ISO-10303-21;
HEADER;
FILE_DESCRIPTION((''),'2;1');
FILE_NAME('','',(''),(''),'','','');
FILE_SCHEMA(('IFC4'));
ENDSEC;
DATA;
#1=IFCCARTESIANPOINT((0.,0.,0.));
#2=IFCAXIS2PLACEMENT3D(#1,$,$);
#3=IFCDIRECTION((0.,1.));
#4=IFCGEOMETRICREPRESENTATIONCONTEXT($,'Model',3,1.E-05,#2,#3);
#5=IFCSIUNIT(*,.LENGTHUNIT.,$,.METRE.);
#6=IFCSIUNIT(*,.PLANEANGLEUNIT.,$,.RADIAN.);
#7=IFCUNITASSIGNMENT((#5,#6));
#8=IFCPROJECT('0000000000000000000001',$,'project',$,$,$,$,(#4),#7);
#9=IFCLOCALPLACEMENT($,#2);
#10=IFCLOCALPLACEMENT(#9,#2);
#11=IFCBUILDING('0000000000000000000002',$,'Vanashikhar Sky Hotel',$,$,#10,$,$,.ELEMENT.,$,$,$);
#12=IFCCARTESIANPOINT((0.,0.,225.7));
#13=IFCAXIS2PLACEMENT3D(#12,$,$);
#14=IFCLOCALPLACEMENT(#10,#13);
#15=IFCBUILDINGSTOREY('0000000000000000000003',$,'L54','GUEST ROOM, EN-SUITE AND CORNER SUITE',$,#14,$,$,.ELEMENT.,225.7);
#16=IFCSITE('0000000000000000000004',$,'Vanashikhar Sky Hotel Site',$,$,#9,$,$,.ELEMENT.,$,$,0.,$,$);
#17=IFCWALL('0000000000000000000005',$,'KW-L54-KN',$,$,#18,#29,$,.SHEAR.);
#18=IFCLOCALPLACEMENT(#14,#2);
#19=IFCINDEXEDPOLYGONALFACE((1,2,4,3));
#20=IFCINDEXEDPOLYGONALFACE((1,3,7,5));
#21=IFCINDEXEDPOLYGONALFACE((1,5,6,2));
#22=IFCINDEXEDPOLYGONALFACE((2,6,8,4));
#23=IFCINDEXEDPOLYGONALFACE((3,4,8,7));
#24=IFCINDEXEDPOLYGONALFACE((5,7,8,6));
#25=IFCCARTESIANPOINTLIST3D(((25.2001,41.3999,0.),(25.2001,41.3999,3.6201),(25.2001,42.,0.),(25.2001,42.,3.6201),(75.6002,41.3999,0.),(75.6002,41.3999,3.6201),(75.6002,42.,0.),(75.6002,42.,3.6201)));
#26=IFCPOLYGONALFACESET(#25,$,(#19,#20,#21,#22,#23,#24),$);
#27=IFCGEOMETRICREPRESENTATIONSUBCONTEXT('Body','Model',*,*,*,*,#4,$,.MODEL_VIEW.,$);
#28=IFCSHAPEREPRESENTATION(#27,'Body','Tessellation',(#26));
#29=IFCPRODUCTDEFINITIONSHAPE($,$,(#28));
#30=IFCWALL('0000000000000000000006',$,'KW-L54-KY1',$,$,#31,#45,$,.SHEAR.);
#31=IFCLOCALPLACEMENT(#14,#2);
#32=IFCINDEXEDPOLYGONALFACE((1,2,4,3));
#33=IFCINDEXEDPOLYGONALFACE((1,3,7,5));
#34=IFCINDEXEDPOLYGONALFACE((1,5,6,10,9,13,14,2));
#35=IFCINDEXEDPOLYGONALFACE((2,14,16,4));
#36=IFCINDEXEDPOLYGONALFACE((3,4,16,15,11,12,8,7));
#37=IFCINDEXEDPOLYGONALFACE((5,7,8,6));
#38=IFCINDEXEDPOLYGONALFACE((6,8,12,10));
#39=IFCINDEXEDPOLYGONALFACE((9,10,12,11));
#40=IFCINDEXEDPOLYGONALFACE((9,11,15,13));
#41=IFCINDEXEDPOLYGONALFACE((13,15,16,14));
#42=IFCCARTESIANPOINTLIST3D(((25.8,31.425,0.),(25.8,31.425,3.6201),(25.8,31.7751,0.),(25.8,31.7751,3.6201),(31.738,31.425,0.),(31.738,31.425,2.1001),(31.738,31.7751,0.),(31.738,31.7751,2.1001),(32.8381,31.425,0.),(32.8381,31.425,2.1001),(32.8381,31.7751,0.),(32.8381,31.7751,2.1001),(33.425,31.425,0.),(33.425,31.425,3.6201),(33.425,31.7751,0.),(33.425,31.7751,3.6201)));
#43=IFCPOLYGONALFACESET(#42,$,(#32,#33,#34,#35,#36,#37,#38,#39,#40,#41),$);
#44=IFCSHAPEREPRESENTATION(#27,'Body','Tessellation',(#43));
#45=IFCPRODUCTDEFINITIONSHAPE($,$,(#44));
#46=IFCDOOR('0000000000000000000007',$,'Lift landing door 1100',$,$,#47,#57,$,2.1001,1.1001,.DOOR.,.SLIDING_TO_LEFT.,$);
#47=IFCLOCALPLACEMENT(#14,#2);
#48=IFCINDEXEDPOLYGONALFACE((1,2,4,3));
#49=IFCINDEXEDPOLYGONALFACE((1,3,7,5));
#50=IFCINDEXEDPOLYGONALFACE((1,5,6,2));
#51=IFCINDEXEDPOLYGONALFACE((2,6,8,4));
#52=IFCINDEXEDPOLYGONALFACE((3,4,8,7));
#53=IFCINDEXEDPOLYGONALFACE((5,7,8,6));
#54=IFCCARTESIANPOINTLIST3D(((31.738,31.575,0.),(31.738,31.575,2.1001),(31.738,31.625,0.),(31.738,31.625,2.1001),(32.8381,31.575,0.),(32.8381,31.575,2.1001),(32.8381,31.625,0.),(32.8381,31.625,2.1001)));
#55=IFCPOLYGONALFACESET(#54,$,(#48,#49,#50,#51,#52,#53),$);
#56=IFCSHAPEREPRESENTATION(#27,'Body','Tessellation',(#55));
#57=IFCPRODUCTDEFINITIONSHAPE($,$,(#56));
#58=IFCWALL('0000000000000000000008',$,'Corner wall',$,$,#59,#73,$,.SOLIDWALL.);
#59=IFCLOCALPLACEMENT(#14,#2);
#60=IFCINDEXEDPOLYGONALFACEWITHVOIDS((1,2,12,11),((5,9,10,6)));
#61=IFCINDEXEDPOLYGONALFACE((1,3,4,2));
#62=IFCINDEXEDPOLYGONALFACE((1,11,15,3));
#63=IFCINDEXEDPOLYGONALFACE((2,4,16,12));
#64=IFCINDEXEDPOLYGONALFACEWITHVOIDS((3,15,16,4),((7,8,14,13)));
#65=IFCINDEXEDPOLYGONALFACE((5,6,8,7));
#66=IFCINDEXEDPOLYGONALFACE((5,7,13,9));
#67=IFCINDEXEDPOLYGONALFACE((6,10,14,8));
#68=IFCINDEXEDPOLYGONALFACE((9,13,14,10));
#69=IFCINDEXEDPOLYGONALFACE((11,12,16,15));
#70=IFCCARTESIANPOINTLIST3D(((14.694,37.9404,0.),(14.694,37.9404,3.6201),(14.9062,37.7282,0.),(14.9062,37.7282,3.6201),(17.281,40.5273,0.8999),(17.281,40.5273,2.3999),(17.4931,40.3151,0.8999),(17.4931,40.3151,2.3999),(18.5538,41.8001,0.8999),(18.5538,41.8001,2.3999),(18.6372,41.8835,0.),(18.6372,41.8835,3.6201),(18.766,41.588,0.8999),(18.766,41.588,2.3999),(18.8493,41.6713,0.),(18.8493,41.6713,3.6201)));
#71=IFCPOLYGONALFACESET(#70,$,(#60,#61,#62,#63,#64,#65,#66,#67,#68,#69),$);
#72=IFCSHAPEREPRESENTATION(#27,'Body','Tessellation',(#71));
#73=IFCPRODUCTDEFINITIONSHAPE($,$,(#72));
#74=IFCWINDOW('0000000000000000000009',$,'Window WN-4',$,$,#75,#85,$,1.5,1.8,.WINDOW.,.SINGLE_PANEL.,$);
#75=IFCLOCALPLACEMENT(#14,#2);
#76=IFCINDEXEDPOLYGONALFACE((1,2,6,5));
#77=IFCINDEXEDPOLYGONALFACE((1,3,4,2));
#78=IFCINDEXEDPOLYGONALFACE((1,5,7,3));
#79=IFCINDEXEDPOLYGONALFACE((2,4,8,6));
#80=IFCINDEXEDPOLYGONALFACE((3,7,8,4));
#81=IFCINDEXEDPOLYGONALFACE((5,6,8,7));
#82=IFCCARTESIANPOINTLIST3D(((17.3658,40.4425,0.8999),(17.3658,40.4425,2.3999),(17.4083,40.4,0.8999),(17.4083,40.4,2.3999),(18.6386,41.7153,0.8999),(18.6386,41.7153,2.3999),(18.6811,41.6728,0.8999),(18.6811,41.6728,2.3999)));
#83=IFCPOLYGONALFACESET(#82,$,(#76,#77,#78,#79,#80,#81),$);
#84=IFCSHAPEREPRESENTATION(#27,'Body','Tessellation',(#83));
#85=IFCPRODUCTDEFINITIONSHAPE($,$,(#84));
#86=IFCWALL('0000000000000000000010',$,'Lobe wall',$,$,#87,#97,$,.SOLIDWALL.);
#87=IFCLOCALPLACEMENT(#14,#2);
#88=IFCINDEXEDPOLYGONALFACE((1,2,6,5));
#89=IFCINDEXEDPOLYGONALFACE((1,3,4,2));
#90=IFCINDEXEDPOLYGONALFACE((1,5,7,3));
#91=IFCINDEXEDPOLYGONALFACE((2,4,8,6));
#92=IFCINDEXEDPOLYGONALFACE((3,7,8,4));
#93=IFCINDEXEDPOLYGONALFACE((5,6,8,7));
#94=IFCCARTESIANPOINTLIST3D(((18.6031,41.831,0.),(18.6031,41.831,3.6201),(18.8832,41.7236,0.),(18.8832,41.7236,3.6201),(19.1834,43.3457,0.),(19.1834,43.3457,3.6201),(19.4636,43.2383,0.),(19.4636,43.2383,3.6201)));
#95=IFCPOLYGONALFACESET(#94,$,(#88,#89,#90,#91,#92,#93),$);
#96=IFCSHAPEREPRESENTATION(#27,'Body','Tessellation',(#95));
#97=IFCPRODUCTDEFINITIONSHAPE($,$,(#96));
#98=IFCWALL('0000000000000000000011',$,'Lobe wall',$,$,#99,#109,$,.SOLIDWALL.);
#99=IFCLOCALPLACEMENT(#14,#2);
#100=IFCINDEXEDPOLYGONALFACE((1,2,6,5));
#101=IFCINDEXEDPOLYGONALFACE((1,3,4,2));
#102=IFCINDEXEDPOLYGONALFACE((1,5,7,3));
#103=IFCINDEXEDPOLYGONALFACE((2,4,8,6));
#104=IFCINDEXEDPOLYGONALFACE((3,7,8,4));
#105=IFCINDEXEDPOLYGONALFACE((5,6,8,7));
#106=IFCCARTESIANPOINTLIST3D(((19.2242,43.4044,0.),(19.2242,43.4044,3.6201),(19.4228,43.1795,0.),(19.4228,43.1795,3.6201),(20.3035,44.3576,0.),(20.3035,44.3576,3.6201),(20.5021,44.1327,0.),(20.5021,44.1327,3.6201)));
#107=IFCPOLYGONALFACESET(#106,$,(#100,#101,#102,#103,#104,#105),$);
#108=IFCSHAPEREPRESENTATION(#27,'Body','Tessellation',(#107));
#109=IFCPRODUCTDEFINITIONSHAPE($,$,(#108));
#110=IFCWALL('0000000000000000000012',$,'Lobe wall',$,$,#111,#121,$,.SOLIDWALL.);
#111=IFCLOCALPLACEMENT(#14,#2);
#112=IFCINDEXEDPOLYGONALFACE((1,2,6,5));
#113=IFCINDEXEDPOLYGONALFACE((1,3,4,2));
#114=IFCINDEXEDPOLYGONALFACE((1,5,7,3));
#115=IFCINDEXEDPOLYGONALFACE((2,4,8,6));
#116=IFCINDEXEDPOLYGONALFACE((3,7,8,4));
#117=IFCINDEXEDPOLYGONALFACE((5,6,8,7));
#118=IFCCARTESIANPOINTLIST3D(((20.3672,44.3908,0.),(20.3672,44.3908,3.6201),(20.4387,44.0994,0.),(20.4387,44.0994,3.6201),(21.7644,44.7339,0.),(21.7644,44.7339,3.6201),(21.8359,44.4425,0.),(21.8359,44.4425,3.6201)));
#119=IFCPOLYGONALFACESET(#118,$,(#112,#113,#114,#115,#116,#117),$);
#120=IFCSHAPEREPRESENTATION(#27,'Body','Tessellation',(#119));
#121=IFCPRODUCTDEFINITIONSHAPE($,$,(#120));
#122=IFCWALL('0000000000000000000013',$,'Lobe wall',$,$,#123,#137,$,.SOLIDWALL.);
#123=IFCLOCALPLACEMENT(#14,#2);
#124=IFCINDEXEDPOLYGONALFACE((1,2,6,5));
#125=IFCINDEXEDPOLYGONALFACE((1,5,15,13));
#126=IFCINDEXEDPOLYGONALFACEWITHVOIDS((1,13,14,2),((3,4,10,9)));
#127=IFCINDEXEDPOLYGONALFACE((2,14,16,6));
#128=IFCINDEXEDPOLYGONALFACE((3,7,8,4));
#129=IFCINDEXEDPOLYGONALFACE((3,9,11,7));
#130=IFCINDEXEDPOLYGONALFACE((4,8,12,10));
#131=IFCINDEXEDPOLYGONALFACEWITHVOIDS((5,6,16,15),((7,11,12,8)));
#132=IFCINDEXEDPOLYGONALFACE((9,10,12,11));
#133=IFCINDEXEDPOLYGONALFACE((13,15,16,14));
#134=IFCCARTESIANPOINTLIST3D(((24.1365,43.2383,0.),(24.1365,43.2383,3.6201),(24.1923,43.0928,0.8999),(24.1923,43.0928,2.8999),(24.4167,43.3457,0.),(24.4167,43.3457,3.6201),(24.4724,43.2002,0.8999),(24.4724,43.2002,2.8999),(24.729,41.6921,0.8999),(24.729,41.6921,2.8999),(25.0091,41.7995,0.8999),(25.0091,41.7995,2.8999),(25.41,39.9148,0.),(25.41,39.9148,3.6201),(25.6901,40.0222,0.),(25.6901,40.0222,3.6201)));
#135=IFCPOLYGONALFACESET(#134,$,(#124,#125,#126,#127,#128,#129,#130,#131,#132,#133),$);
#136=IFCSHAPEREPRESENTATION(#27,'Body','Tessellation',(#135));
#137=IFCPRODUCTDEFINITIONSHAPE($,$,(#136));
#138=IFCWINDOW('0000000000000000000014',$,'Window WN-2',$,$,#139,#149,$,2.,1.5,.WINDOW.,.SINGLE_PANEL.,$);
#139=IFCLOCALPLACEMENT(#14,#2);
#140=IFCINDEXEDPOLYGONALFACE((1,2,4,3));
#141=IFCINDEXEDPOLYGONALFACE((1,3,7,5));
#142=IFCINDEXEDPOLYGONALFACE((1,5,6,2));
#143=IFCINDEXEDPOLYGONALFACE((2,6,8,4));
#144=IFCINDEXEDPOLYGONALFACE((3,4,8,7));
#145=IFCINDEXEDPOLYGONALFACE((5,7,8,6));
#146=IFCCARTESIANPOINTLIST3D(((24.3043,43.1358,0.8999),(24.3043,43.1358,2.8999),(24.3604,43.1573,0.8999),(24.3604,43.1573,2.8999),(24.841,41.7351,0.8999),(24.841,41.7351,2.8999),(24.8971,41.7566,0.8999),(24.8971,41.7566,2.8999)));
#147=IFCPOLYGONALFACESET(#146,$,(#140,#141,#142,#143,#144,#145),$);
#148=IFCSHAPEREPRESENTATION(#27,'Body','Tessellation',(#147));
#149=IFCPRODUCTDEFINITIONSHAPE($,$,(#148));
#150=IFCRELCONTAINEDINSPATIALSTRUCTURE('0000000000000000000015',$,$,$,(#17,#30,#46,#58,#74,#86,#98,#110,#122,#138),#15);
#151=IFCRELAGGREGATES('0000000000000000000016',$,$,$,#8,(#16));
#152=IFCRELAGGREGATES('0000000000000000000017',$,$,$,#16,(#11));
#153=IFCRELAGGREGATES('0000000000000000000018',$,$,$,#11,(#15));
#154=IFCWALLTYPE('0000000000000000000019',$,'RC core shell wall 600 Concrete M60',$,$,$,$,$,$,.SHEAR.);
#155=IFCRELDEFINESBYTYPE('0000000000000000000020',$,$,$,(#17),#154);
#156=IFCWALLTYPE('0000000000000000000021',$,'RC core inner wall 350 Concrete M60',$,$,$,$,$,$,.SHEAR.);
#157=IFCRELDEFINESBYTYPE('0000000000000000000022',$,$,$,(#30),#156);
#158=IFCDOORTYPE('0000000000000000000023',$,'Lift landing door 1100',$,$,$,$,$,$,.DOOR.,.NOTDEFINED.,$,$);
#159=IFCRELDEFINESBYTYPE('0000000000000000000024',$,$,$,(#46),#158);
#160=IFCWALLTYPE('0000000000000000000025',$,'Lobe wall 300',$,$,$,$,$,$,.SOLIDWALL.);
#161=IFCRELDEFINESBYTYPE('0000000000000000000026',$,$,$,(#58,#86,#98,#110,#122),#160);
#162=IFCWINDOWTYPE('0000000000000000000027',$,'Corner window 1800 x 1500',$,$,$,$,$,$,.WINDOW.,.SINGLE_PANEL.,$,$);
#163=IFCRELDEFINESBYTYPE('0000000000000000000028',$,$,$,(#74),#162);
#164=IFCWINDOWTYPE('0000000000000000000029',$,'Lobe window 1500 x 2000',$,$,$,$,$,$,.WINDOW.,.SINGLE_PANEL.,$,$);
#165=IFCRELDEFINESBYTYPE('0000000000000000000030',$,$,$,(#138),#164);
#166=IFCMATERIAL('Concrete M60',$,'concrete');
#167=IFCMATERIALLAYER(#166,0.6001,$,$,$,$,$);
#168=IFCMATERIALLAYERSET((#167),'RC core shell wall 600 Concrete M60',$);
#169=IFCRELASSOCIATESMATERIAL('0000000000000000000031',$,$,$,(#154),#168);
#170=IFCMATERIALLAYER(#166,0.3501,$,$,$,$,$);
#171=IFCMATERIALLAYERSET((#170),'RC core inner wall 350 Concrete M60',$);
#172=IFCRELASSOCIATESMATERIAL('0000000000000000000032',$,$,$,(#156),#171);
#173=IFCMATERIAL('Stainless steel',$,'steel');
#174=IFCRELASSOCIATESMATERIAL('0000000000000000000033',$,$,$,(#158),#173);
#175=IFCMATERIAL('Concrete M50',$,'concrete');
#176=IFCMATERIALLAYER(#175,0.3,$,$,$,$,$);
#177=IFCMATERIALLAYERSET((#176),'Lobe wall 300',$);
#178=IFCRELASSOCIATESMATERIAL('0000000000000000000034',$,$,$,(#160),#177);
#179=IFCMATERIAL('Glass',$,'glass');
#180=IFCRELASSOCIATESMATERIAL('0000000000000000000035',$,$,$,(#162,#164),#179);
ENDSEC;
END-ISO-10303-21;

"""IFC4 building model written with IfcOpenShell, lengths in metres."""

from ifc_helpers import new_model, si_unit, direction, frame, frame_2d, origin, place, context, subcontext, project, spatial, rectangle, extrude, source, transform, mapped, material, layer, layer_set, type_object, element, fill, save


model = new_model("IFC4")

# Units and contexts
model_context = context("Model", 3, precision=1e-05, world=origin(), true_north=direction((0.0, 1.0)))
body_context = subcontext(model_context, "Body", "Model", "MODEL_VIEW")
ifc_project = project(units=[si_unit("LENGTHUNIT", "METRE"), si_unit("PLANEANGLEUNIT", "RADIAN")], contexts=[model_context])

# Site, building, storey
site_placement = place(None, origin())
site = spatial("IfcSite", under=ifc_project, at=site_placement, Name="Vanashikhar Sky Hotel Site", CompositionType="ELEMENT", RefElevation=0.0)
building_placement = place(site_placement, origin())
building = spatial("IfcBuilding", under=site, at=building_placement, Name="Vanashikhar Sky Hotel", CompositionType="ELEMENT")
storey_placement = place(building_placement, frame((0.0, 0.0, 225.7)))
storey = spatial("IfcBuildingStorey", under=building, at=storey_placement, Name="L54", Description="GUEST ROOM, EN-SUITE AND CORNER SUITE", CompositionType="ELEMENT", Elevation=225.7)

# Wall
ifc_material_1 = material(Name="Concrete M60", Category="concrete")
ifc_layer_1 = layer(ifc_material_1, 0.6001)
ifc_layer_set_1 = layer_set([ifc_layer_1], Name="RC core shell wall 600 Concrete M60")
wall_type_1 = type_object("IfcWallType", Name="RC core shell wall 600 Concrete M60", PredefinedType="SHEAR", material=ifc_layer_set_1)
shared_shape_1 = source(origin(), body_context, "Body", "SweptSolid", [
    extrude(rectangle(XDim=50.4001, YDim=0.6001, at=frame_2d((25.2002, 0.0))), origin(), (0.0, 0.0, 1.0), 3.6201),
])
wall_1_placement = place(storey_placement, frame((25.2, 41.7, 0.0), z_axis=(0.0, 0.0, 1.0), x_axis=(1.0, 0.0, 0.0)))
element("IfcWall", 1, at=wall_1_placement, inside=storey, type_object=wall_type_1, Name="KW-L54-KN", PredefinedType="SHEAR", context=body_context, shape_type="MappedRepresentation", body=[
    mapped(shared_shape_1, transform((0.0, 0.0, 0.0), scale=1.0)),
])

# Wall, opening, door
ifc_layer_2 = layer(ifc_material_1, 0.3501)
ifc_layer_set_2 = layer_set([ifc_layer_2], Name="RC core inner wall 350 Concrete M60")
wall_type_2 = type_object("IfcWallType", Name="RC core inner wall 350 Concrete M60", PredefinedType="SHEAR", material=ifc_layer_set_2)
shared_shape_2 = source(origin(), body_context, "Body", "SweptSolid", [
    extrude(rectangle(XDim=7.625, YDim=0.3501, at=frame_2d((3.8125, 0.0))), origin(), (0.0, 0.0, 1.0), 3.6201),
])
wall_2_placement = place(storey_placement, frame((25.8, 31.6001, 0.0), z_axis=(0.0, 0.0, 1.0), x_axis=(1.0, 0.0, 0.0)))
wall_2 = element("IfcWall", 2, at=wall_2_placement, inside=storey, type_object=wall_type_2, Name="KW-L54-KY1", PredefinedType="SHEAR", context=body_context, shape_type="MappedRepresentation", body=[
    mapped(shared_shape_2, transform((0.0, 0.0, 0.0), scale=1.0)),
])
shared_shape_3 = source(origin(), body_context, "Body", "SweptSolid", [
    extrude(rectangle(XDim=1.1001, YDim=2.1001, at=frame_2d((0.55, 1.05))), frame((0.0, 0.1851, 0.0), z_axis=(0.0, -1.0, 0.0), x_axis=(1.0, 0.0, 0.0)), (0.0, 0.0, 1.0), 0.3701),
])
opening_1_placement = place(wall_2_placement, frame((5.938, 0.0, 0.0)))
opening_1 = element("IfcOpeningElement", 3, at=opening_1_placement, cuts=wall_2, PredefinedType="OPENING", context=body_context, shape_type="MappedRepresentation", body=[
    mapped(shared_shape_3, transform((0.0, 0.0, 0.0), scale=1.0)),
])
ifc_material_2 = material(Name="Stainless steel", Category="steel")
door_type_1 = type_object("IfcDoorType", Name="Lift landing door 1100", OperationType="NOTDEFINED", PredefinedType="DOOR", material=ifc_material_2)
shared_shape_4 = source(origin(), body_context, "Body", "SweptSolid", [
    extrude(rectangle(XDim=1.1001, YDim=2.1001, at=frame_2d((0.55, 1.05))), frame((0.0, 0.0249, 0.0), z_axis=(0.0, -1.0, 0.0), x_axis=(1.0, 0.0, 0.0)), (0.0, 0.0, 1.0), 0.05),
])
door_1_placement = place(opening_1_placement, origin())
door_1 = element("IfcDoor", 4, at=door_1_placement, inside=storey, type_object=door_type_1, Name="Lift landing door 1100", OperationType="SLIDING_TO_LEFT", OverallHeight=2.1001, OverallWidth=1.1001, PredefinedType="DOOR", context=body_context, shape_type="MappedRepresentation", body=[
    mapped(shared_shape_4, transform((0.0, 0.0, 0.0), scale=1.0)),
])
fill(opening_1, door_1)

# Wall, opening, window
ifc_material_3 = material(Name="Concrete M50", Category="concrete")
ifc_layer_3 = layer(ifc_material_3, 0.3)
ifc_layer_set_3 = layer_set([ifc_layer_3], Name="Lobe wall 300")
wall_type_3 = type_object("IfcWallType", Name="Lobe wall 300", PredefinedType="SOLIDWALL", material=ifc_layer_set_3)
shared_shape_5 = source(origin(), body_context, "Body", "SweptSolid", [
    extrude(rectangle(XDim=5.5764, YDim=0.3, at=frame_2d((2.7881, 0.0))), origin(), (0.0, 0.0, 1.0), 3.6201),
])
wall_3_placement = place(storey_placement, frame((18.7432, 41.7773, 0.0), z_axis=(0.0, 0.0, 1.0), x_axis=(-0.707107, -0.707107, 0.0)))
wall_3 = element("IfcWall", 5, at=wall_3_placement, inside=storey, type_object=wall_type_3, Name="Corner wall", PredefinedType="SOLIDWALL", context=body_context, shape_type="MappedRepresentation", body=[
    mapped(shared_shape_5, transform((0.0, 0.0, 0.0), scale=1.0)),
])
shared_shape_6 = source(origin(), body_context, "Body", "SweptSolid", [
    extrude(rectangle(XDim=1.8, YDim=1.5, at=frame_2d((0.8999, 0.75))), frame((0.0, 0.1602, 0.0), z_axis=(0.0, -1.0, 0.0), x_axis=(1.0, 0.0, 0.0)), (0.0, 0.0, 1.0), 0.3201),
])
opening_2_placement = place(wall_3_placement, frame((0.1179, 0.0, 0.8999)))
opening_2 = element("IfcOpeningElement", 6, at=opening_2_placement, cuts=wall_3, PredefinedType="OPENING", context=body_context, shape_type="MappedRepresentation", body=[
    mapped(shared_shape_6, transform((0.0, 0.0, 0.0), scale=1.0)),
])
ifc_material_4 = material(Name="Glass", Category="glass")
window_type_1 = type_object("IfcWindowType", Name="Corner window 1800 x 1500", PartitioningType="SINGLE_PANEL", PredefinedType="WINDOW", material=ifc_material_4)
shared_shape_7 = source(origin(), body_context, "Body", "SweptSolid", [
    extrude(rectangle(XDim=1.8, YDim=1.5, at=frame_2d((0.8999, 0.75))), frame((0.0, 0.03, 0.0), z_axis=(0.0, -1.0, 0.0), x_axis=(1.0, 0.0, 0.0)), (0.0, 0.0, 1.0), 0.0601),
])
window_1_placement = place(opening_2_placement, origin())
window_1 = element("IfcWindow", 7, at=window_1_placement, inside=storey, type_object=window_type_1, Name="Window WN-4", OverallHeight=1.5, OverallWidth=1.8, PartitioningType="SINGLE_PANEL", PredefinedType="WINDOW", context=body_context, shape_type="MappedRepresentation", body=[
    mapped(shared_shape_7, transform((0.0, 0.0, 0.0), scale=1.0)),
])
fill(opening_2, window_1)

# Walls
shared_shape_8 = source(origin(), body_context, "Body", "SweptSolid", [
    extrude(rectangle(XDim=1.6221, YDim=0.3, at=frame_2d((0.811, 0.0))), origin(), (0.0, 0.0, 1.0), 3.6201),
])
wall_4_placement = place(storey_placement, frame((19.3235, 43.292, 0.0), z_axis=(0.0, 0.0, 1.0), x_axis=(-0.357779, -0.933806, 0.0)))
element("IfcWall", 8, at=wall_4_placement, inside=storey, type_object=wall_type_3, Name="Lobe wall", PredefinedType="SOLIDWALL", context=body_context, shape_type="MappedRepresentation", body=[
    mapped(shared_shape_8, transform((0.0, 0.0, 0.0), scale=1.0)),
])
shared_shape_9 = source(origin(), body_context, "Body", "SweptSolid", [
    extrude(rectangle(XDim=1.4399, YDim=0.3, at=frame_2d((0.72, 0.0))), origin(), (0.0, 0.0, 1.0), 3.6201),
])
wall_5_placement = place(storey_placement, frame((20.4028, 44.2451, 0.0), z_axis=(0.0, 0.0, 1.0), x_axis=(-0.749576, -0.661919, 0.0)))
element("IfcWall", 9, at=wall_5_placement, inside=storey, type_object=wall_type_3, Name="Lobe wall", PredefinedType="SOLIDWALL", context=body_context, shape_type="MappedRepresentation", body=[
    mapped(shared_shape_9, transform((0.0, 0.0, 0.0), scale=1.0)),
])
shared_shape_10 = source(origin(), body_context, "Body", "SweptSolid", [
    extrude(rectangle(XDim=1.4387, YDim=0.3, at=frame_2d((0.7192, 0.0))), origin(), (0.0, 0.0, 1.0), 3.6201),
])
wall_6_placement = place(storey_placement, frame((21.8, 44.5881, 0.0), z_axis=(0.0, 0.0, 1.0), x_axis=(-0.971162, -0.238421, 0.0)))
element("IfcWall", 10, at=wall_6_placement, inside=storey, type_object=wall_type_3, Name="Lobe wall", PredefinedType="SOLIDWALL", context=body_context, shape_type="MappedRepresentation", body=[
    mapped(shared_shape_10, transform((0.0, 0.0, 0.0), scale=1.0)),
])

# Wall, opening, window
shared_shape_11 = source(origin(), body_context, "Body", "SweptSolid", [
    extrude(rectangle(XDim=3.5591, YDim=0.3, at=frame_2d((1.7795, 0.0))), origin(), (0.0, 0.0, 1.0), 3.6201),
])
wall_7_placement = place(storey_placement, frame((25.55, 39.9685, 0.0), z_axis=(0.0, 0.0, 1.0), x_axis=(-0.357797, 0.933799, 0.0)))
wall_7 = element("IfcWall", 11, at=wall_7_placement, inside=storey, type_object=wall_type_3, Name="Lobe wall", PredefinedType="SOLIDWALL", context=body_context, shape_type="MappedRepresentation", body=[
    mapped(shared_shape_11, transform((0.0, 0.0, 0.0), scale=1.0)),
])
shared_shape_12 = source(origin(), body_context, "Body", "SweptSolid", [
    extrude(rectangle(XDim=1.5, YDim=2.0, at=frame_2d((0.75, 1.0))), frame((0.0, 0.1602, 0.0), z_axis=(0.0, -1.0, 0.0), x_axis=(1.0, 0.0, 0.0)), (0.0, 0.0, 1.0), 0.3201),
])
opening_3_placement = place(wall_7_placement, frame((1.9033, 0.0, 0.8999)))
opening_3 = element("IfcOpeningElement", 12, at=opening_3_placement, cuts=wall_7, PredefinedType="OPENING", context=body_context, shape_type="MappedRepresentation", body=[
    mapped(shared_shape_12, transform((0.0, 0.0, 0.0), scale=1.0)),
])
window_type_2 = type_object("IfcWindowType", Name="Lobe window 1500 x 2000", PartitioningType="SINGLE_PANEL", PredefinedType="WINDOW", material=ifc_material_4)
shared_shape_13 = source(origin(), body_context, "Body", "SweptSolid", [
    extrude(rectangle(XDim=1.5, YDim=2.0, at=frame_2d((0.75, 1.0))), frame((0.0, 0.03, 0.0), z_axis=(0.0, -1.0, 0.0), x_axis=(1.0, 0.0, 0.0)), (0.0, 0.0, 1.0), 0.0601),
])
window_2_placement = place(opening_3_placement, origin())
window_2 = element("IfcWindow", 13, at=window_2_placement, inside=storey, type_object=window_type_2, Name="Window WN-2", OverallHeight=2.0, OverallWidth=1.5, PartitioningType="SINGLE_PANEL", PredefinedType="WINDOW", context=body_context, shape_type="MappedRepresentation", body=[
    mapped(shared_shape_13, transform((0.0, 0.0, 0.0), scale=1.0)),
])
fill(opening_3, window_2)

save(model, "model.ifc")
